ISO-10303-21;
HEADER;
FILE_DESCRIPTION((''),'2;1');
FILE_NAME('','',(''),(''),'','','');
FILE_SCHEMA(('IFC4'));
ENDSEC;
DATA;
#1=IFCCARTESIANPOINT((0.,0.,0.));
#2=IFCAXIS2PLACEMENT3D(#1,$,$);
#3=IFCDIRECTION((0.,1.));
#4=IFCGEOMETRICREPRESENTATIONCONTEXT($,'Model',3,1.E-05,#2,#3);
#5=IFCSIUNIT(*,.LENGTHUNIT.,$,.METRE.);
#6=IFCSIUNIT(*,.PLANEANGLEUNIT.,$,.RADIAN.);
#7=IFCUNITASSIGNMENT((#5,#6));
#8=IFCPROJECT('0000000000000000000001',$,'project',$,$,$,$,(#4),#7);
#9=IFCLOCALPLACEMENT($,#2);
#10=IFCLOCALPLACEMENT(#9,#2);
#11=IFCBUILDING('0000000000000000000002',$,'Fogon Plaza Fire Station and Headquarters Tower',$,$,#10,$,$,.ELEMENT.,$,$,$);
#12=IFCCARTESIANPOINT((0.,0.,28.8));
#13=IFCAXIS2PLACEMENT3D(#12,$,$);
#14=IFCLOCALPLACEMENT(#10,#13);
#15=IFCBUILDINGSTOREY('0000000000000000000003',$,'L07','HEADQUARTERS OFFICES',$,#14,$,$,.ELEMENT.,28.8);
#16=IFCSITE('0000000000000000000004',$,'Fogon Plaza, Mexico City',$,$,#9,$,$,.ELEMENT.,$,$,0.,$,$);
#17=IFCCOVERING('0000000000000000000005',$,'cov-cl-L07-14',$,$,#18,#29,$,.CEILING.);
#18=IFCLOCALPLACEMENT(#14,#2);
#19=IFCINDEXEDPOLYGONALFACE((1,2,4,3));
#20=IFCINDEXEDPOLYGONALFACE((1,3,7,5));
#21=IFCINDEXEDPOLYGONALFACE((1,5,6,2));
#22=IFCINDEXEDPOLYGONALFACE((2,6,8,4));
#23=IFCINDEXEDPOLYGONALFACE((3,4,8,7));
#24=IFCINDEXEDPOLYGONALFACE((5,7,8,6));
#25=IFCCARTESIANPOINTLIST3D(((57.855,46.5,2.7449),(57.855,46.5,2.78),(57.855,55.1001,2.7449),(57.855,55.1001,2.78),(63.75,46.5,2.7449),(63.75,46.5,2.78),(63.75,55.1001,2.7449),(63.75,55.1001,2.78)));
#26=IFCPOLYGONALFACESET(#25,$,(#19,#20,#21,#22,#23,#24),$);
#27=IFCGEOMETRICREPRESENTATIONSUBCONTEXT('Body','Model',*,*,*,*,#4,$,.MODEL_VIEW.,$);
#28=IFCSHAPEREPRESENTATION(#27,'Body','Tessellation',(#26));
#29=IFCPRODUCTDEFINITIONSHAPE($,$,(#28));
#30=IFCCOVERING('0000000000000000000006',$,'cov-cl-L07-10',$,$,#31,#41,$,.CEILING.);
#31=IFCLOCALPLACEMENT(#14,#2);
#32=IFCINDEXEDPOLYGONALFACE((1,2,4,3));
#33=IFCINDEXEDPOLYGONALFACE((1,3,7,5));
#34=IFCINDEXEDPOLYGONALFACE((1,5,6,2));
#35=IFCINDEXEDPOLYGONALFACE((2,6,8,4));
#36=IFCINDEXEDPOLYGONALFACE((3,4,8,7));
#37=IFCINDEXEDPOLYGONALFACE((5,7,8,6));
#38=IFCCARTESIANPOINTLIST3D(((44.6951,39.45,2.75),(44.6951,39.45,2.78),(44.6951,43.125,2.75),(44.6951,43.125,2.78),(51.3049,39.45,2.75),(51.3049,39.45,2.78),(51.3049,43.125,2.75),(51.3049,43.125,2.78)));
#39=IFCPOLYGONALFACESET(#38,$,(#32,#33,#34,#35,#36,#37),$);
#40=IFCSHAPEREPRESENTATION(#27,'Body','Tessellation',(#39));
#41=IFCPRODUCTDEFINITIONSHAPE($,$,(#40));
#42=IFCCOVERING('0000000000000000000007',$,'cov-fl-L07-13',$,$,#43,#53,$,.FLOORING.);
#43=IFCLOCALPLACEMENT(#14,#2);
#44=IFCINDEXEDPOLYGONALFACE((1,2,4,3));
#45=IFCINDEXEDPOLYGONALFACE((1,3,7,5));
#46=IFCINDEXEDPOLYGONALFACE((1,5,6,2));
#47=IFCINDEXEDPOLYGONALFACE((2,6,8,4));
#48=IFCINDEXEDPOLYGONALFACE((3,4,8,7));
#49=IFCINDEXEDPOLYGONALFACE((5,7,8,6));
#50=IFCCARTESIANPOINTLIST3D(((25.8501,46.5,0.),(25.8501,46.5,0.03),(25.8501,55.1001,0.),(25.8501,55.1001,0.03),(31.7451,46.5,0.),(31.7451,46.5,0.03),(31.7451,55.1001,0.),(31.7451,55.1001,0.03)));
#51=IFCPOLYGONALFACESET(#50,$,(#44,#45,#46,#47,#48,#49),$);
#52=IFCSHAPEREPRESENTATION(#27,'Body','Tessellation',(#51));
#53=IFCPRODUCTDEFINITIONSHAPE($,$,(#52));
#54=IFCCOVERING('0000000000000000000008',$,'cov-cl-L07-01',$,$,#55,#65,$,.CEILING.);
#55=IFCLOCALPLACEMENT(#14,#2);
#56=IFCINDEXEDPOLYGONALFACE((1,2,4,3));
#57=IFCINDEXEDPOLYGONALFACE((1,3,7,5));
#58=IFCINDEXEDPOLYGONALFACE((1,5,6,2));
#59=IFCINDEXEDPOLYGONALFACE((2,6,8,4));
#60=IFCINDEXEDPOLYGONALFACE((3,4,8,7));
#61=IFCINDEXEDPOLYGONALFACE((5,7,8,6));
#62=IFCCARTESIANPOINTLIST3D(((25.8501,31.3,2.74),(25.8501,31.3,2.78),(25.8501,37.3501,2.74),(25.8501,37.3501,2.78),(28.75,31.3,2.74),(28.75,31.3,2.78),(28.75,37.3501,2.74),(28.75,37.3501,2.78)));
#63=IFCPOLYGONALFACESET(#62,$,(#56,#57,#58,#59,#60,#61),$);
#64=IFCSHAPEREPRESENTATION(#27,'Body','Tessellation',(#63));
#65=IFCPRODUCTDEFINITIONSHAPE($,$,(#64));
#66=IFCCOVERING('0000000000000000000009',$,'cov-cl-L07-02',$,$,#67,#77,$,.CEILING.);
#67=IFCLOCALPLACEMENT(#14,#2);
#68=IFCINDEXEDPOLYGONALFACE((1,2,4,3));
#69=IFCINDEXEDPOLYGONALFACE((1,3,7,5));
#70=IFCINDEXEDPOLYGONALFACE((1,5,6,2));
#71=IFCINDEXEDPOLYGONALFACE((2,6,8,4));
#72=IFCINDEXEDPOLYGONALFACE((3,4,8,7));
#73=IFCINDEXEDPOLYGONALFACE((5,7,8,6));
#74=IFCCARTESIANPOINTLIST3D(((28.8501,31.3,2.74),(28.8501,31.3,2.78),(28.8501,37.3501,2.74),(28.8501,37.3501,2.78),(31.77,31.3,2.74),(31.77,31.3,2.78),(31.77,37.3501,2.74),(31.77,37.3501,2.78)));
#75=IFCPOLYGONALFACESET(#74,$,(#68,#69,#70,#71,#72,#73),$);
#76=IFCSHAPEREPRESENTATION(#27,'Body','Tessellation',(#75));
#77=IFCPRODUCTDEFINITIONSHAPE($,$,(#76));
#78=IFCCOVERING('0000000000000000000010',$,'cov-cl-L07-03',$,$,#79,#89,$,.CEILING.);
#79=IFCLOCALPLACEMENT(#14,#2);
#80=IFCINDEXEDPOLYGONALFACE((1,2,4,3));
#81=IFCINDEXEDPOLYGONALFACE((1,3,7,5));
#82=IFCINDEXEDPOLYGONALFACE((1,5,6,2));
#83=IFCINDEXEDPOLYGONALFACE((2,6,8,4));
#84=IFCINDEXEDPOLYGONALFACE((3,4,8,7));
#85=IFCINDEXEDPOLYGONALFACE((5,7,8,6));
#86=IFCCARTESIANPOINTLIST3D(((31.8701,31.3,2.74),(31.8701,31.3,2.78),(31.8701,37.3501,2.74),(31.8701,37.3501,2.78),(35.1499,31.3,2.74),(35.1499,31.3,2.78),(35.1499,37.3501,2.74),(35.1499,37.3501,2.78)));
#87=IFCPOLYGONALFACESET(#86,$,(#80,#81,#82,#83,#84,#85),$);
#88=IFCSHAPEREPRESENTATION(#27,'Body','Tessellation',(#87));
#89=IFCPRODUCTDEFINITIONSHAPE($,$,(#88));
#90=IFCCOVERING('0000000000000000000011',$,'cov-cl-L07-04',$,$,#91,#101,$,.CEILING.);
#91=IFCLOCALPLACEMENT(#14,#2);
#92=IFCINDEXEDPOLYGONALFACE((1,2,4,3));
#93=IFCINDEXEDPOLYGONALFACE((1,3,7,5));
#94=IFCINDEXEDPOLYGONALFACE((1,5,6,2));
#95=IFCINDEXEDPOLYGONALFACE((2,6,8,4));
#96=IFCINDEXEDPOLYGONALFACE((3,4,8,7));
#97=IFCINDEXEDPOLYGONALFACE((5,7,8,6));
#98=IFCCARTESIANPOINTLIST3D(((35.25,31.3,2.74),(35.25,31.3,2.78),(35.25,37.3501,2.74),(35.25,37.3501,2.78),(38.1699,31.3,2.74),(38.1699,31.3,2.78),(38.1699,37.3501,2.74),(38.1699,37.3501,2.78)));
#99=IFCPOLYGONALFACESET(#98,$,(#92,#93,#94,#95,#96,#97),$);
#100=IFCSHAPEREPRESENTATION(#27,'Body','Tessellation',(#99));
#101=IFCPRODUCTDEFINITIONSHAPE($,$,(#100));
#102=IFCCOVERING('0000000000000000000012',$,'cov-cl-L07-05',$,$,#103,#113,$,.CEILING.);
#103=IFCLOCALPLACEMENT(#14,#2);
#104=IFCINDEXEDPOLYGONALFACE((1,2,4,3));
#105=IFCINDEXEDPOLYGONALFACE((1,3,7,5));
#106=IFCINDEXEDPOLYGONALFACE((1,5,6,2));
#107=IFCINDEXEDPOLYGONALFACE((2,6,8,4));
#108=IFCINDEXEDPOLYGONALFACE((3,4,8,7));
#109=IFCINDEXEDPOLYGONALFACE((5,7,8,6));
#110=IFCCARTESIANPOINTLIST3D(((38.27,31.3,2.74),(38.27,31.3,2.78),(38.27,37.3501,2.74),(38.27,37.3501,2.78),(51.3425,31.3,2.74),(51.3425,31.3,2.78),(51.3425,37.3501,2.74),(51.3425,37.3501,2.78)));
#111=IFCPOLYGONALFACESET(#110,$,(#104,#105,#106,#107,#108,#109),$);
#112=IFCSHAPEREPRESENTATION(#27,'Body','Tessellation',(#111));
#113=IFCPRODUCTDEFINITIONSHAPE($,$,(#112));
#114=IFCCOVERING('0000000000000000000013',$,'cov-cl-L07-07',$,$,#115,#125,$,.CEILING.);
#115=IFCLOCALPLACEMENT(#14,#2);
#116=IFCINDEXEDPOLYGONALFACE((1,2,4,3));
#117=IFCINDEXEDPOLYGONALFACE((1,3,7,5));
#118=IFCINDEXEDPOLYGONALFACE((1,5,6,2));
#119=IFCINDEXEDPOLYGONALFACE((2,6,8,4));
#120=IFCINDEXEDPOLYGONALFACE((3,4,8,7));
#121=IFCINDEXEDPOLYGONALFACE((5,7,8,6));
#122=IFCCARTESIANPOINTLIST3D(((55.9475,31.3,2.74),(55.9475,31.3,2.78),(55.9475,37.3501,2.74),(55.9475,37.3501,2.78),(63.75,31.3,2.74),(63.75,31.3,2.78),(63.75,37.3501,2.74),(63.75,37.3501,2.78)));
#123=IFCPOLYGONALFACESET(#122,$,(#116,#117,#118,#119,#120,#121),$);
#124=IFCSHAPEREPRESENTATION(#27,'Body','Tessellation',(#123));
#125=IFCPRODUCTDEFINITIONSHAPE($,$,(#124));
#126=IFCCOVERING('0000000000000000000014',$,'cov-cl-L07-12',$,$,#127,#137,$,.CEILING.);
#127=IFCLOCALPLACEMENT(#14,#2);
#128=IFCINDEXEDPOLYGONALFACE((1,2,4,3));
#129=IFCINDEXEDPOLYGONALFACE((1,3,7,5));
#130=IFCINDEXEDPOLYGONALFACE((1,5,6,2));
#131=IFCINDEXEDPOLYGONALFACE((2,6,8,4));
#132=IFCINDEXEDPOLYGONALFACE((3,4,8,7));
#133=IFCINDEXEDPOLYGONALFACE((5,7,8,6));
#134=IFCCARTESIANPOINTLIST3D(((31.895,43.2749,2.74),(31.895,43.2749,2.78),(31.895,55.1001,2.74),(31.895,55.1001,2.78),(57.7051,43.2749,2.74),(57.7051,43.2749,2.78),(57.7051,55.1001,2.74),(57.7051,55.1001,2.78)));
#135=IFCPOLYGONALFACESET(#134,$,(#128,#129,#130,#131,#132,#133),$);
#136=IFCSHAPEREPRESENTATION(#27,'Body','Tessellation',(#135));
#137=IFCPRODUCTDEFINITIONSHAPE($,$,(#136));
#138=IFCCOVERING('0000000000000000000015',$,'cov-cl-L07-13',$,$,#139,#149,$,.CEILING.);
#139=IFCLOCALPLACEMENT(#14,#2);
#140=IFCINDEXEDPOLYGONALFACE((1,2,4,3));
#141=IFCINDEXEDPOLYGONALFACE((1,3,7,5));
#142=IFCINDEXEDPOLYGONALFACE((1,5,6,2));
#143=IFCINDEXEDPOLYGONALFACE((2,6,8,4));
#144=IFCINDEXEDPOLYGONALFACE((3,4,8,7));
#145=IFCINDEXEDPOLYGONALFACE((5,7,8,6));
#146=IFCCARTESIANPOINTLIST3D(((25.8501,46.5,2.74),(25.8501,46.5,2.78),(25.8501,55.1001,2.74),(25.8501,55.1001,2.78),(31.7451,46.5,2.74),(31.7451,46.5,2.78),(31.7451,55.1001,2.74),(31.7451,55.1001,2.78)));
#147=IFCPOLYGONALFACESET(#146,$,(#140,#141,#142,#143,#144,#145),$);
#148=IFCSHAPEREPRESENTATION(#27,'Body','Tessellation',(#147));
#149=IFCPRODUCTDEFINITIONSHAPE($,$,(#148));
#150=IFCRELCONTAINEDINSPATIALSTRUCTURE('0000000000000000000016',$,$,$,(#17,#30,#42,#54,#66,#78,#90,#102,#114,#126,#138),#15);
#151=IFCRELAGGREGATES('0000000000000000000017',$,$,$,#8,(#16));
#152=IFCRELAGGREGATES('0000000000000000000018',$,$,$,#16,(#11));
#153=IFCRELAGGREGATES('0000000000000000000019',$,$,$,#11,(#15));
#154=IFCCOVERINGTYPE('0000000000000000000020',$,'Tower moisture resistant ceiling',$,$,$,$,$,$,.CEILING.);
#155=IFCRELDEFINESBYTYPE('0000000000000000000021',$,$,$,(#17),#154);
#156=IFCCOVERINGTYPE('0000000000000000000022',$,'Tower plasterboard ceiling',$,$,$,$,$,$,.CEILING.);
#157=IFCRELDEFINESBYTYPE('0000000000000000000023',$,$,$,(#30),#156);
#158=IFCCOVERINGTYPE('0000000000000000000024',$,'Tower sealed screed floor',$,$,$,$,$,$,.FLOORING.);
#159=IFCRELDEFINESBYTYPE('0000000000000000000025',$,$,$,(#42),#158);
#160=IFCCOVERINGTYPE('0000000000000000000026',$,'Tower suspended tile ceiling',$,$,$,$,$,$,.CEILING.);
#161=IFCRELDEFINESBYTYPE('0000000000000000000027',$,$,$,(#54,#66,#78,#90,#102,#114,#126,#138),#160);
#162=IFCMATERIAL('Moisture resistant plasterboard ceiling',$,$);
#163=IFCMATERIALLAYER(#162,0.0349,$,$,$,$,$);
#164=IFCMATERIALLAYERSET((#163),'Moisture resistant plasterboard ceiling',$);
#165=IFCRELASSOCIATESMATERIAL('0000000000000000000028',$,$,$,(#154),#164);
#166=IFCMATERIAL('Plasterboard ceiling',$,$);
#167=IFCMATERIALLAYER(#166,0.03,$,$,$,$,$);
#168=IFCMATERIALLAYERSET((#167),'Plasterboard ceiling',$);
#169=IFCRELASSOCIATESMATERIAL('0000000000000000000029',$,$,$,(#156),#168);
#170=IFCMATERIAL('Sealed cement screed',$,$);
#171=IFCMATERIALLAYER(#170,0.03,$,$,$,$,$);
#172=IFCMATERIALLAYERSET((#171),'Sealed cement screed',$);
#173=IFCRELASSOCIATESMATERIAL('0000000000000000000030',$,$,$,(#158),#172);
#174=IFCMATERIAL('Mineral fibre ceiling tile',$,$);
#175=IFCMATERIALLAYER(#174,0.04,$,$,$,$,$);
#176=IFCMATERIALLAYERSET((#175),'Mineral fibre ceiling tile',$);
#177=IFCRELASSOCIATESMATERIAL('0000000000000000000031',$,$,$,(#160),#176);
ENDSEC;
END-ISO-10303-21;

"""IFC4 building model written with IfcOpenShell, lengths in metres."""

from ifc_helpers import new_model, si_unit, direction, frame, origin, place, context, subcontext, project, spatial, polyline, outline, extrude, material, layer, layer_set, type_object, element, save


model = new_model("IFC4")

# Units and contexts
model_context = context("Model", 3, precision=1e-05, world=origin(), true_north=direction((0.0, 1.0)))
body_context = subcontext(model_context, "Body", "Model", "MODEL_VIEW")
ifc_project = project(units=[si_unit("LENGTHUNIT", "METRE"), si_unit("PLANEANGLEUNIT", "RADIAN")], contexts=[model_context])

# Site, building, storey
site_placement = place(None, origin())
site = spatial("IfcSite", under=ifc_project, at=site_placement, Name="Fogon Plaza, Mexico City", CompositionType="ELEMENT", RefElevation=0.0)
building_placement = place(site_placement, origin())
building = spatial("IfcBuilding", under=site, at=building_placement, Name="Fogon Plaza Fire Station and Headquarters Tower", CompositionType="ELEMENT")
storey_placement = place(building_placement, frame((0.0, 0.0, 28.8)))
storey = spatial("IfcBuildingStorey", under=building, at=storey_placement, Name="L07", Description="HEADQUARTERS OFFICES", CompositionType="ELEMENT", Elevation=28.8)

# Coverings
ifc_material_1 = material(Name="Moisture resistant plasterboard ceiling")
ifc_layer_1 = layer(ifc_material_1, 0.0349)
ifc_layer_set_1 = layer_set([ifc_layer_1], Name="Moisture resistant plasterboard ceiling")
covering_type_1 = type_object("IfcCoveringType", Name="Tower moisture resistant ceiling", PredefinedType="CEILING", material=ifc_layer_set_1)
covering_1_placement = place(storey_placement, frame((0.0, 0.0, 2.7449)))
element("IfcCovering", 1, at=covering_1_placement, inside=storey, type_object=covering_type_1, Name="cov-cl-L07-14", PredefinedType="CEILING", context=body_context, shape_type="SweptSolid", body=[
    extrude(outline(polyline([(63.75, 46.5), (63.75, 55.1001), (57.855, 55.1001), (57.855, 46.5), (63.75, 46.5)])), origin(), (0.0, 0.0, 1.0), 0.0352),
])
ifc_material_2 = material(Name="Plasterboard ceiling")
ifc_layer_2 = layer(ifc_material_2, 0.03)
ifc_layer_set_2 = layer_set([ifc_layer_2], Name="Plasterboard ceiling")
covering_type_2 = type_object("IfcCoveringType", Name="Tower plasterboard ceiling", PredefinedType="CEILING", material=ifc_layer_set_2)
covering_2_placement = place(storey_placement, frame((0.0, 0.0, 2.75)))
element("IfcCovering", 2, at=covering_2_placement, inside=storey, type_object=covering_type_2, Name="cov-cl-L07-10", PredefinedType="CEILING", context=body_context, shape_type="SweptSolid", body=[
    extrude(outline(polyline([(51.3049, 39.45), (51.3049, 43.125), (44.6951, 43.125), (44.6951, 39.45), (51.3049, 39.45)])), origin(), (0.0, 0.0, 1.0), 0.03),
])
ifc_material_3 = material(Name="Sealed cement screed")
ifc_layer_3 = layer(ifc_material_3, 0.03)
ifc_layer_set_3 = layer_set([ifc_layer_3], Name="Sealed cement screed")
covering_type_3 = type_object("IfcCoveringType", Name="Tower sealed screed floor", PredefinedType="FLOORING", material=ifc_layer_set_3)
covering_3_placement = place(storey_placement, origin())
element("IfcCovering", 3, at=covering_3_placement, inside=storey, type_object=covering_type_3, Name="cov-fl-L07-13", PredefinedType="FLOORING", context=body_context, shape_type="SweptSolid", body=[
    extrude(outline(polyline([(31.7451, 46.5), (31.7451, 55.1001), (25.8501, 55.1001), (25.8501, 46.5), (31.7451, 46.5)])), origin(), (0.0, 0.0, 1.0), 0.03),
])
ifc_material_4 = material(Name="Mineral fibre ceiling tile")
ifc_layer_4 = layer(ifc_material_4, 0.04)
ifc_layer_set_4 = layer_set([ifc_layer_4], Name="Mineral fibre ceiling tile")
covering_type_4 = type_object("IfcCoveringType", Name="Tower suspended tile ceiling", PredefinedType="CEILING", material=ifc_layer_set_4)
covering_4_placement = place(storey_placement, frame((0.0, 0.0, 2.74)))
element("IfcCovering", 4, at=covering_4_placement, inside=storey, type_object=covering_type_4, Name="cov-cl-L07-01", PredefinedType="CEILING", context=body_context, shape_type="SweptSolid", body=[
    extrude(outline(polyline([(28.75, 31.3), (28.75, 37.3501), (25.8501, 37.3501), (25.8501, 31.3), (28.75, 31.3)])), origin(), (0.0, 0.0, 1.0), 0.04),
])
covering_5_placement = place(storey_placement, frame((0.0, 0.0, 2.74)))
element("IfcCovering", 5, at=covering_5_placement, inside=storey, type_object=covering_type_4, Name="cov-cl-L07-02", PredefinedType="CEILING", context=body_context, shape_type="SweptSolid", body=[
    extrude(outline(polyline([(31.77, 31.3), (31.77, 37.3501), (28.8501, 37.3501), (28.8501, 31.3), (31.77, 31.3)])), origin(), (0.0, 0.0, 1.0), 0.04),
])
covering_6_placement = place(storey_placement, frame((0.0, 0.0, 2.74)))
element("IfcCovering", 6, at=covering_6_placement, inside=storey, type_object=covering_type_4, Name="cov-cl-L07-03", PredefinedType="CEILING", context=body_context, shape_type="SweptSolid", body=[
    extrude(outline(polyline([(35.1499, 31.3), (35.1499, 37.3501), (31.8701, 37.3501), (31.8701, 31.3), (35.1499, 31.3)])), origin(), (0.0, 0.0, 1.0), 0.04),
])
covering_7_placement = place(storey_placement, frame((0.0, 0.0, 2.74)))
element("IfcCovering", 7, at=covering_7_placement, inside=storey, type_object=covering_type_4, Name="cov-cl-L07-04", PredefinedType="CEILING", context=body_context, shape_type="SweptSolid", body=[
    extrude(outline(polyline([(38.1699, 31.3), (38.1699, 37.3501), (35.25, 37.3501), (35.25, 31.3), (38.1699, 31.3)])), origin(), (0.0, 0.0, 1.0), 0.04),
])
covering_8_placement = place(storey_placement, frame((0.0, 0.0, 2.74)))
element("IfcCovering", 8, at=covering_8_placement, inside=storey, type_object=covering_type_4, Name="cov-cl-L07-05", PredefinedType="CEILING", context=body_context, shape_type="SweptSolid", body=[
    extrude(outline(polyline([(51.3425, 31.3), (51.3425, 37.3501), (38.27, 37.3501), (38.27, 31.3), (51.3425, 31.3)])), origin(), (0.0, 0.0, 1.0), 0.04),
])
covering_9_placement = place(storey_placement, frame((0.0, 0.0, 2.74)))
element("IfcCovering", 9, at=covering_9_placement, inside=storey, type_object=covering_type_4, Name="cov-cl-L07-07", PredefinedType="CEILING", context=body_context, shape_type="SweptSolid", body=[
    extrude(outline(polyline([(63.75, 31.3), (63.75, 37.3501), (55.9475, 37.3501), (55.9475, 31.3), (63.75, 31.3)])), origin(), (0.0, 0.0, 1.0), 0.04),
])
covering_10_placement = place(storey_placement, frame((0.0, 0.0, 2.74)))
element("IfcCovering", 10, at=covering_10_placement, inside=storey, type_object=covering_type_4, Name="cov-cl-L07-12", PredefinedType="CEILING", context=body_context, shape_type="SweptSolid", body=[
    extrude(outline(polyline([(57.7051, 43.2749), (57.7051, 55.1001), (31.895, 55.1001), (31.895, 43.2749), (57.7051, 43.2749)])), origin(), (0.0, 0.0, 1.0), 0.04),
])
covering_11_placement = place(storey_placement, frame((0.0, 0.0, 2.74)))
element("IfcCovering", 11, at=covering_11_placement, inside=storey, type_object=covering_type_4, Name="cov-cl-L07-13", PredefinedType="CEILING", context=body_context, shape_type="SweptSolid", body=[
    extrude(outline(polyline([(31.7451, 46.5), (31.7451, 55.1001), (25.8501, 55.1001), (25.8501, 46.5), (31.7451, 46.5)])), origin(), (0.0, 0.0, 1.0), 0.04),
])

save(model, "model.ifc")
